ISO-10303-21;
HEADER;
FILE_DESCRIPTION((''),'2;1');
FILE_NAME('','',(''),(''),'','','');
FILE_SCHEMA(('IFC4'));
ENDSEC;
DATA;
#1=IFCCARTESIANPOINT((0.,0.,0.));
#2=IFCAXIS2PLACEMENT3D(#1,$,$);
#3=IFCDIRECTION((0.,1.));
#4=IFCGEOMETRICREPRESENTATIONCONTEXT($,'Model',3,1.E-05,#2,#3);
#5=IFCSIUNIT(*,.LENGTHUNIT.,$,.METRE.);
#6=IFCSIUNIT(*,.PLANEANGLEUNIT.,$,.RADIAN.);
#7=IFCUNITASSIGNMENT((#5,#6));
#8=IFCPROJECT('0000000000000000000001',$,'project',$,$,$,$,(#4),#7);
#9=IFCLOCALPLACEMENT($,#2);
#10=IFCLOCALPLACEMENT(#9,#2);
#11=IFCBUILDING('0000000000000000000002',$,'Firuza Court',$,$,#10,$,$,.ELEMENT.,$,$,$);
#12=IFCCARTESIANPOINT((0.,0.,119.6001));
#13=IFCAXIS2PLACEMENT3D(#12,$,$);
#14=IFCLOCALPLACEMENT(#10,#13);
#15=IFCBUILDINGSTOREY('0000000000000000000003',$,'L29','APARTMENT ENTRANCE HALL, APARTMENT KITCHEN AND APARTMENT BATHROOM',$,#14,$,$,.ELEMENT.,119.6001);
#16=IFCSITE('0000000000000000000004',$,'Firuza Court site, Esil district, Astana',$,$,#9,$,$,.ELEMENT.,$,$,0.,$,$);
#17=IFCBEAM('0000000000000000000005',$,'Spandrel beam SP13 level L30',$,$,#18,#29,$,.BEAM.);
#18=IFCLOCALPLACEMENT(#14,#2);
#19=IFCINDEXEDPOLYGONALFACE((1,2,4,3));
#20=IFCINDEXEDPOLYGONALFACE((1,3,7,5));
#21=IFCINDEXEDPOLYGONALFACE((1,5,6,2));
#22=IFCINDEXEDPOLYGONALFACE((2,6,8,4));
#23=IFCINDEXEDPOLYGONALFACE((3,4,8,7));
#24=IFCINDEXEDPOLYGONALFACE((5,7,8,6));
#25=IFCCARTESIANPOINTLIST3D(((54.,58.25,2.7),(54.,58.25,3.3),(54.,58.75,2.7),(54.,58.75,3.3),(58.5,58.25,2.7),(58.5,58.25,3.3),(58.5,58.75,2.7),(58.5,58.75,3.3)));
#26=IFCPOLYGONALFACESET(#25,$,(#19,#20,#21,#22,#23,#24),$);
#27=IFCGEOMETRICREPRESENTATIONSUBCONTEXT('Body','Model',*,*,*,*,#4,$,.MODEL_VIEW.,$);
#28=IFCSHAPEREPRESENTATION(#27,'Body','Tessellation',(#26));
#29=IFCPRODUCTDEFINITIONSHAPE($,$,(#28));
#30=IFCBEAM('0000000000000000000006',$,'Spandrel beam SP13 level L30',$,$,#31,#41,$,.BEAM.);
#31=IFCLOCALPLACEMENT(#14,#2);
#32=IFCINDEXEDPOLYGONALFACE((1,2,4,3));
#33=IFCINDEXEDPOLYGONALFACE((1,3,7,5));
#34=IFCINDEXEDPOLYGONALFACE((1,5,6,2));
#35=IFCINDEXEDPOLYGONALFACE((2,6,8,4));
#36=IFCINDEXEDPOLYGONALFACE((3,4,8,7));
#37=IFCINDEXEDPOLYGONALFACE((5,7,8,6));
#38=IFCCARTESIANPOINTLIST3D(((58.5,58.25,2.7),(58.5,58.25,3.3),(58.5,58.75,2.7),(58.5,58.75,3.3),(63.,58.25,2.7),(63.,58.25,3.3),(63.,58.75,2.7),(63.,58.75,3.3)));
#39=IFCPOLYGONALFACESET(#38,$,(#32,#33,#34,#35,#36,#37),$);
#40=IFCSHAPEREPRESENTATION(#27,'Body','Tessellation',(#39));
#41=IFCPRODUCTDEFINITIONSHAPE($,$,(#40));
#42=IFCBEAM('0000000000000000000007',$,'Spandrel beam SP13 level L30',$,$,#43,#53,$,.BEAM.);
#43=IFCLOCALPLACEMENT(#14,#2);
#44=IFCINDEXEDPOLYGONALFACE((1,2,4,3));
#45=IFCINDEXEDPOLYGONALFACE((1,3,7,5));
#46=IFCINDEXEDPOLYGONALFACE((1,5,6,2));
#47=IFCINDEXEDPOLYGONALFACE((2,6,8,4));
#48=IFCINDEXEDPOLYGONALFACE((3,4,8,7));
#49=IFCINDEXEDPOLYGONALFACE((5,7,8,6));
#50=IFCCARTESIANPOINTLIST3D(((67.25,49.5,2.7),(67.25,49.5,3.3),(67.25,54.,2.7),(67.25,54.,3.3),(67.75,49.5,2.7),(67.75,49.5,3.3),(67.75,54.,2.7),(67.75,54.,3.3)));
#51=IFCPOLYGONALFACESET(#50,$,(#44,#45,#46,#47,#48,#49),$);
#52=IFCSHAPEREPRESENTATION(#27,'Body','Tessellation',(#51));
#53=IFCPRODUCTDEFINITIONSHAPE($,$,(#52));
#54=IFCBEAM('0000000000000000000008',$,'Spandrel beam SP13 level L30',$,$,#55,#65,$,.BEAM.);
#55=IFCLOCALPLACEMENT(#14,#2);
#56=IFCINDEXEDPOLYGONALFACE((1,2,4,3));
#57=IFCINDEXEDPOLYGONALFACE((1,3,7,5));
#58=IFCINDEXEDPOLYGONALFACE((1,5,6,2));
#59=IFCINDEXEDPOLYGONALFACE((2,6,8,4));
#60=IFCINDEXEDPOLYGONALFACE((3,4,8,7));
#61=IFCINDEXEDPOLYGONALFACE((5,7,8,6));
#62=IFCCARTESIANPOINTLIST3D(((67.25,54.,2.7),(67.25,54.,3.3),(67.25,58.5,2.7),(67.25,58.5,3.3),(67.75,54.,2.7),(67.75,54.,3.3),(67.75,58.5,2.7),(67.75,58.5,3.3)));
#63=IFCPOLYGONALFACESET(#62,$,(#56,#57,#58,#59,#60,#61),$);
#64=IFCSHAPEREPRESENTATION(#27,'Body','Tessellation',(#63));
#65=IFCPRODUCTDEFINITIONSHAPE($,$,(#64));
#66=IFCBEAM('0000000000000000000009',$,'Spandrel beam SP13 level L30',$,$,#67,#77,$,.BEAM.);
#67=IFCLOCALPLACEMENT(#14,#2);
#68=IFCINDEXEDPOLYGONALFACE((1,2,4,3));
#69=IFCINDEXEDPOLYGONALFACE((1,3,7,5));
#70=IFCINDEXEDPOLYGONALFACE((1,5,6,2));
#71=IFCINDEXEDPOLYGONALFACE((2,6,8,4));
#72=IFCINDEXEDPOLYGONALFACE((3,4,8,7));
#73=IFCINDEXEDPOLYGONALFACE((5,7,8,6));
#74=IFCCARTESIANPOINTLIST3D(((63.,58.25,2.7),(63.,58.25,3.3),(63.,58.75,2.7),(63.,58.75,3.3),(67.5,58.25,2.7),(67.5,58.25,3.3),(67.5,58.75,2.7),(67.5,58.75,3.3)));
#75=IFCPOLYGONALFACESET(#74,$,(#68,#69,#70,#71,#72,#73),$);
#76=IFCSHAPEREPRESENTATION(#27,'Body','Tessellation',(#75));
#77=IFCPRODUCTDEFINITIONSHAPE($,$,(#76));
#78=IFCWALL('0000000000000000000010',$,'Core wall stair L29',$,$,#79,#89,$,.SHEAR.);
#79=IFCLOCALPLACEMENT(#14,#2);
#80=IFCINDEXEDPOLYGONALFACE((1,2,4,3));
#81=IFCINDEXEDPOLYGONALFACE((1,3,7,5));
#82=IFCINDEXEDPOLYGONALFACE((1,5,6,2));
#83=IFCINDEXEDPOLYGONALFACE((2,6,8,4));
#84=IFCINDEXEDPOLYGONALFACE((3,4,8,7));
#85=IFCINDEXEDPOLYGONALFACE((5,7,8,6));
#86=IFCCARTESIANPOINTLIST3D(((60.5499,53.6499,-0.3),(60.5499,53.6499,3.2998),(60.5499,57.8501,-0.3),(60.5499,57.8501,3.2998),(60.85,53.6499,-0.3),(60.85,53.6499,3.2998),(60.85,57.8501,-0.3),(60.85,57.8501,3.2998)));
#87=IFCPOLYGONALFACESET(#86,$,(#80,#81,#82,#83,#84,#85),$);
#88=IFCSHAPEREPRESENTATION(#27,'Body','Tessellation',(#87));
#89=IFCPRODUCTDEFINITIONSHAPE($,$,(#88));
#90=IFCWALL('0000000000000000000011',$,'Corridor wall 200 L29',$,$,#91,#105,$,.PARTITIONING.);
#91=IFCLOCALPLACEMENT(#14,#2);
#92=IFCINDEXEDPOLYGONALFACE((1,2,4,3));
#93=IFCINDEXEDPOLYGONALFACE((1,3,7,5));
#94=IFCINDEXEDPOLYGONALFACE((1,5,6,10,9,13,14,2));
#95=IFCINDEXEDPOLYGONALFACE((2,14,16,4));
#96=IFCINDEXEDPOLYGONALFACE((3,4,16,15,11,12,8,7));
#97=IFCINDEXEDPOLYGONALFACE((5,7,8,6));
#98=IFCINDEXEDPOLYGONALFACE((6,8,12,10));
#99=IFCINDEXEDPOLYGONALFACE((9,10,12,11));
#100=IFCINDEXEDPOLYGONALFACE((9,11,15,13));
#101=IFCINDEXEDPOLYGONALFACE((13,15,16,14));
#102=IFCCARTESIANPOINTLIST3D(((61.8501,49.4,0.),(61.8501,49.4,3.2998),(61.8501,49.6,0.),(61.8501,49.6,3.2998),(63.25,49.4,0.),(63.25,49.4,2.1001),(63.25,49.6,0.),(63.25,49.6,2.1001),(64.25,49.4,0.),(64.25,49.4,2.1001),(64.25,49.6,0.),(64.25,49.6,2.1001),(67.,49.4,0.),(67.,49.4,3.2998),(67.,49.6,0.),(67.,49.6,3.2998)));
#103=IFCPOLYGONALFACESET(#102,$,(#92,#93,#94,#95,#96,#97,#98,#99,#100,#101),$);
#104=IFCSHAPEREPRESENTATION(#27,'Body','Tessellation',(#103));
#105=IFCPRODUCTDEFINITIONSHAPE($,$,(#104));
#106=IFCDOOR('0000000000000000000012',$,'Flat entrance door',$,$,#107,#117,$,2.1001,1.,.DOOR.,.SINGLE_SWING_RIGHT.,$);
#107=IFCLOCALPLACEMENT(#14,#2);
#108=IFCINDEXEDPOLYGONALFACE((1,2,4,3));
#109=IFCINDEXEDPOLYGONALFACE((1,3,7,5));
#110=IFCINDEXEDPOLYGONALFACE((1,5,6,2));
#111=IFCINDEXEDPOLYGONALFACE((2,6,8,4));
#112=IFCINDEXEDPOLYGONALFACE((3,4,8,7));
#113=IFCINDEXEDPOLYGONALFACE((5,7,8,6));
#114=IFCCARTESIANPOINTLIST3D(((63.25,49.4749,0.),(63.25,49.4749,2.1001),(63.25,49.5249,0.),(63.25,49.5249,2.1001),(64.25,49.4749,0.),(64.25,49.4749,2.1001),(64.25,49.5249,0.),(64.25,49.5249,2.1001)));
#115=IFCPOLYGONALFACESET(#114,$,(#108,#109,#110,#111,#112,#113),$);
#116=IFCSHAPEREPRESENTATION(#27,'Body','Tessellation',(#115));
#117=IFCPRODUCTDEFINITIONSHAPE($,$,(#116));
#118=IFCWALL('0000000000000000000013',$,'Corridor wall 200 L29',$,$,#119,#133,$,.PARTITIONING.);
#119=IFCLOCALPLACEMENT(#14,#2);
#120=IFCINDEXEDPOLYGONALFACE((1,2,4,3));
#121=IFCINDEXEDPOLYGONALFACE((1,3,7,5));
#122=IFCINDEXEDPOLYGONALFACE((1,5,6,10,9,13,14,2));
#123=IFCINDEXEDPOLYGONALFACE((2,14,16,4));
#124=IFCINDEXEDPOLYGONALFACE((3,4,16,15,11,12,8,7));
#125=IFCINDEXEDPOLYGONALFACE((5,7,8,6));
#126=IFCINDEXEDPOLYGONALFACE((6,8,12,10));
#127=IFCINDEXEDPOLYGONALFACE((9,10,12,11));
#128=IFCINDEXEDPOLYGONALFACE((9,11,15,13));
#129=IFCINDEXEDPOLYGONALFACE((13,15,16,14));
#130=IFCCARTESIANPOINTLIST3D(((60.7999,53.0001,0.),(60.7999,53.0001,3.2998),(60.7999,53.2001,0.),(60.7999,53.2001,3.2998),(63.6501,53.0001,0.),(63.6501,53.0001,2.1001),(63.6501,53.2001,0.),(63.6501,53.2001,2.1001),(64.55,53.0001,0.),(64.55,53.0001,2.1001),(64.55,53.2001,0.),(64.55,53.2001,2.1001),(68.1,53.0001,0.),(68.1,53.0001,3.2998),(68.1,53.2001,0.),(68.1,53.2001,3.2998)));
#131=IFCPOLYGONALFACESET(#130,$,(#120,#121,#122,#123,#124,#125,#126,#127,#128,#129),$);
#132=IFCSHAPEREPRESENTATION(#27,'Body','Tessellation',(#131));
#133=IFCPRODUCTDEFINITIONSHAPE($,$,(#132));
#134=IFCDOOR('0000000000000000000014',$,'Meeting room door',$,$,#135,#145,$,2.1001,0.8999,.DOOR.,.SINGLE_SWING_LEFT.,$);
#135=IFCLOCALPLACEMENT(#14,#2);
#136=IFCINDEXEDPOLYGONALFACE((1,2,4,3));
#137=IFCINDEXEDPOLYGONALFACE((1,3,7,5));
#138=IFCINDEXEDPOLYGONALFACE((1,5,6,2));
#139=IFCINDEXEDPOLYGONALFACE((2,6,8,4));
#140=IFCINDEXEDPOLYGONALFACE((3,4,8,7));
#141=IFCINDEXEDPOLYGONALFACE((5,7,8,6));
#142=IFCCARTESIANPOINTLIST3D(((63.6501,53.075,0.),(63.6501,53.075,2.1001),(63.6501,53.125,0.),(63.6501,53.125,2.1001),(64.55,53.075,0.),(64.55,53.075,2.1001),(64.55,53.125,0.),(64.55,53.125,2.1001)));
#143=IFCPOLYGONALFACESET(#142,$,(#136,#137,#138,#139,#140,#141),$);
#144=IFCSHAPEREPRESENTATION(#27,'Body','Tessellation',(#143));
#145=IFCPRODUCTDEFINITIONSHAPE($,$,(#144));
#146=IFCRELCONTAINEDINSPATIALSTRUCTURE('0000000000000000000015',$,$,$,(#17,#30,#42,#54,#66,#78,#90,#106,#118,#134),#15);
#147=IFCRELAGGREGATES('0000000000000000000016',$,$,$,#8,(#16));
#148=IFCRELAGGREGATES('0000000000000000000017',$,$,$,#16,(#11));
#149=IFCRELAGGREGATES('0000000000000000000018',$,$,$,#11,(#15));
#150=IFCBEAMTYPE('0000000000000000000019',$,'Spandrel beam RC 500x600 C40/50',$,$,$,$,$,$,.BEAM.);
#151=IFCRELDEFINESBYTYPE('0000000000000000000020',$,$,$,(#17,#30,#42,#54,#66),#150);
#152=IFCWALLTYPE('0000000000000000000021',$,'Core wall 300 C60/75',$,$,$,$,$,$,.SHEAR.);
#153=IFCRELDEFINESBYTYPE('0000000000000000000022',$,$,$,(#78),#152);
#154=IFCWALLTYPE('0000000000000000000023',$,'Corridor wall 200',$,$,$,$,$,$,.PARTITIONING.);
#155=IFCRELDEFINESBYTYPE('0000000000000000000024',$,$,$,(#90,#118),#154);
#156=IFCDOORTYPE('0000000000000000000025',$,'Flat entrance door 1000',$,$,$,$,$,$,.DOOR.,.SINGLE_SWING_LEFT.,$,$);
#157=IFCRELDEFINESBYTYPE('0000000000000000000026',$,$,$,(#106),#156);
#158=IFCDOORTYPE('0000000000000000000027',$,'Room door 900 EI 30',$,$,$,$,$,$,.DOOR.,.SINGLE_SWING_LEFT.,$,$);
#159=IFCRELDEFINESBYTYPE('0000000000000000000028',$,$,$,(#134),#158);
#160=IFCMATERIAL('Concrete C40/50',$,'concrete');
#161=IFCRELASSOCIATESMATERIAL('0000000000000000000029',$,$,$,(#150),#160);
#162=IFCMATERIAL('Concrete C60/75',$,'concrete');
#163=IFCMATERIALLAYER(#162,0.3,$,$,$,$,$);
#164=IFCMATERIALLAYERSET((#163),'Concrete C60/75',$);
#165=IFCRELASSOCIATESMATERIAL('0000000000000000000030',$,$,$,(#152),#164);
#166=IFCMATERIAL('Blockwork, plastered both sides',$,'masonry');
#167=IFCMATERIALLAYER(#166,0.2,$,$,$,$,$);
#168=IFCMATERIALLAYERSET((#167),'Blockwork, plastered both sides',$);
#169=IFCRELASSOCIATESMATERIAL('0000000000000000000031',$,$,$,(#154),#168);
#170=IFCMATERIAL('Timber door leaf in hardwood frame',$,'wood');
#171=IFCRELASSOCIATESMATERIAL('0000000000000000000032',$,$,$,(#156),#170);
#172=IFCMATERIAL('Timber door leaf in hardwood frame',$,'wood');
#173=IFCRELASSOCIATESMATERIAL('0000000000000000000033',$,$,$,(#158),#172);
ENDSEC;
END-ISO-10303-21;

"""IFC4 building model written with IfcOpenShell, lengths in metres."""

from ifc_helpers import new_model, si_unit, direction, frame, frame_2d, origin, origin_2d, place, context, subcontext, project, spatial, rectangle, extrude, material, layer, layer_set, material_profile, profile_set, type_object, element, fill, save


model = new_model("IFC4")

# Units and contexts
model_context = context("Model", 3, precision=1e-05, world=origin(), true_north=direction((0.0, 1.0)))
body_context = subcontext(model_context, "Body", "Model", "MODEL_VIEW")
ifc_project = project(units=[si_unit("LENGTHUNIT", "METRE"), si_unit("PLANEANGLEUNIT", "RADIAN")], contexts=[model_context])

# Site, building, storey
site_placement = place(None, origin())
site = spatial("IfcSite", under=ifc_project, at=site_placement, Name="Firuza Court site, Esil district, Astana", CompositionType="ELEMENT", RefElevation=0.0)
building_placement = place(site_placement, origin())
building = spatial("IfcBuilding", under=site, at=building_placement, Name="Firuza Court", CompositionType="ELEMENT")
storey_placement = place(building_placement, frame((0.0, 0.0, 119.6001)))
storey = spatial("IfcBuildingStorey", under=building, at=storey_placement, Name="L29", Description="APARTMENT ENTRANCE HALL, APARTMENT KITCHEN AND APARTMENT BATHROOM", CompositionType="ELEMENT", Elevation=119.6001)

# Beams
ifc_material_1 = material(Name="Concrete C40/50", Category="concrete")
ifc_material_profile_1 = material_profile(ifc_material_1, rectangle(XDim=0.5, YDim=0.6001, at=origin_2d()), Name="RC 500x600")
ifc_profile_set_1 = profile_set([ifc_material_profile_1], Name="Concrete C40/50")
beam_type_1 = type_object("IfcBeamType", Name="Spandrel beam RC 500x600 C40/50", PredefinedType="BEAM", material=ifc_profile_set_1)
for number, where, z_axis, x_axis, name in (
    (1, (58.5, 58.5, 3.0), (-1.0, 0.0, 0.0), (0.0, -1.0, 0.0), "Spandrel beam SP13 level L30"),
    (2, (63.0, 58.5, 3.0), (-1.0, 0.0, 0.0), (0.0, -1.0, 0.0), "Spandrel beam SP13 level L30"),
    (3, (67.5, 49.5, 3.0), (0.0, 1.0, 0.0), (-1.0, 0.0, 0.0), "Spandrel beam SP13 level L30"),
    (4, (67.5, 54.0, 3.0), (0.0, 1.0, 0.0), (-1.0, 0.0, 0.0), "Spandrel beam SP13 level L30"),
    (5, (67.5, 58.5, 3.0), (-1.0, 0.0, 0.0), (0.0, -1.0, 0.0), "Spandrel beam SP13 level L30"),
):
    element("IfcBeam", number, at=place(storey_placement, frame(where, z_axis=z_axis, x_axis=x_axis)), inside=storey, type_object=beam_type_1, Name=name, PredefinedType="BEAM", context=body_context, shape_type="SweptSolid", body=[
        extrude(rectangle(XDim=0.5, YDim=0.6001, at=origin_2d()), origin(), (0.0, 0.0, 1.0), 4.5),
    ])

# Wall
ifc_material_2 = material(Name="Concrete C60/75", Category="concrete")
ifc_layer_1 = layer(ifc_material_2, 0.3)
ifc_layer_set_1 = layer_set([ifc_layer_1], Name="Concrete C60/75")
wall_type_1 = type_object("IfcWallType", Name="Core wall 300 C60/75", PredefinedType="SHEAR", material=ifc_layer_set_1)
wall_1_placement = place(storey_placement, frame((60.7, 53.6499, -0.3), z_axis=(0.0, 0.0, 1.0), x_axis=(0.0, 1.0, 0.0)))
element("IfcWall", 6, at=wall_1_placement, inside=storey, type_object=wall_type_1, Name="Core wall stair L29", PredefinedType="SHEAR", context=body_context, shape_type="SweptSolid", body=[
    extrude(rectangle(XDim=4.2002, YDim=0.3, at=frame_2d((2.1001, 0.0))), origin(), (0.0, 0.0, 1.0), 3.5999),
])

# Walls, openings, doors
ifc_material_3 = material(Name="Blockwork, plastered both sides", Category="masonry")
ifc_layer_2 = layer(ifc_material_3, 0.2)
ifc_layer_set_2 = layer_set([ifc_layer_2], Name="Blockwork, plastered both sides")
wall_type_2 = type_object("IfcWallType", Name="Corridor wall 200", PredefinedType="PARTITIONING", material=ifc_layer_set_2)
wall_2_placement = place(storey_placement, frame((61.8501, 49.5, 0.0), z_axis=(0.0, 0.0, 1.0), x_axis=(1.0, 0.0, 0.0)))
wall_2 = element("IfcWall", 7, at=wall_2_placement, inside=storey, type_object=wall_type_2, Name="Corridor wall 200 L29", PredefinedType="PARTITIONING", context=body_context, shape_type="SweptSolid", body=[
    extrude(rectangle(XDim=5.1499, YDim=0.2, at=frame_2d((2.575, 0.0))), origin(), (0.0, 0.0, 1.0), 3.2998),
])
opening_1_placement = place(wall_2_placement, frame((1.3999, 0.0, 0.0)))
opening_1 = element("IfcOpeningElement", 8, at=opening_1_placement, cuts=wall_2, PredefinedType="OPENING", context=body_context, shape_type="SweptSolid", body=[
    extrude(rectangle(XDim=1.0, YDim=2.1001, at=frame_2d((0.5, 1.05))), frame((0.0, 0.1118, 0.0), z_axis=(0.0, -1.0, 0.0), x_axis=(1.0, 0.0, 0.0)), (0.0, 0.0, 1.0), 0.2239),
])
ifc_material_4 = material(Name="Timber door leaf in hardwood frame", Category="wood")
door_type_1 = type_object("IfcDoorType", Name="Flat entrance door 1000", OperationType="SINGLE_SWING_LEFT", PredefinedType="DOOR", material=ifc_material_4)
door_1_placement = place(opening_1_placement, origin())
door_1 = element("IfcDoor", 9, at=door_1_placement, inside=storey, type_object=door_type_1, Name="Flat entrance door", OperationType="SINGLE_SWING_RIGHT", OverallHeight=2.1001, OverallWidth=1.0, PredefinedType="DOOR", context=body_context, shape_type="SweptSolid", body=[
    extrude(rectangle(XDim=1.0, YDim=2.1001, at=frame_2d((0.5, 1.05))), frame((0.0, 0.0249, 0.0), z_axis=(0.0, -1.0, 0.0), x_axis=(1.0, 0.0, 0.0)), (0.0, 0.0, 1.0), 0.05),
])
fill(opening_1, door_1)
wall_3_placement = place(storey_placement, frame((60.8, 53.1001, 0.0), z_axis=(0.0, 0.0, 1.0), x_axis=(1.0, 0.0, 0.0)))
wall_3 = element("IfcWall", 10, at=wall_3_placement, inside=storey, type_object=wall_type_2, Name="Corridor wall 200 L29", PredefinedType="PARTITIONING", context=body_context, shape_type="SweptSolid", body=[
    extrude(rectangle(XDim=7.3, YDim=0.2, at=frame_2d((3.6499, 0.0))), origin(), (0.0, 0.0, 1.0), 3.2998),
])
opening_2_placement = place(wall_3_placement, frame((2.8501, 0.0, 0.0)))
opening_2 = element("IfcOpeningElement", 11, at=opening_2_placement, cuts=wall_3, PredefinedType="OPENING", context=body_context, shape_type="SweptSolid", body=[
    extrude(rectangle(XDim=0.8999, YDim=2.1001, at=frame_2d((0.45, 1.05))), frame((0.0, 0.1118, 0.0), z_axis=(0.0, -1.0, 0.0), x_axis=(1.0, 0.0, 0.0)), (0.0, 0.0, 1.0), 0.2239),
])
ifc_material_5 = material(Name="Timber door leaf in hardwood frame", Category="wood")
door_type_2 = type_object("IfcDoorType", Name="Room door 900 EI 30", OperationType="SINGLE_SWING_LEFT", PredefinedType="DOOR", material=ifc_material_5)
door_2_placement = place(opening_2_placement, origin())
door_2 = element("IfcDoor", 12, at=door_2_placement, inside=storey, type_object=door_type_2, Name="Meeting room door", OperationType="SINGLE_SWING_LEFT", OverallHeight=2.1001, OverallWidth=0.8999, PredefinedType="DOOR", context=body_context, shape_type="SweptSolid", body=[
    extrude(rectangle(XDim=0.8999, YDim=2.1001, at=frame_2d((0.45, 1.05))), frame((0.0, 0.0249, 0.0), z_axis=(0.0, -1.0, 0.0), x_axis=(1.0, 0.0, 0.0)), (0.0, 0.0, 1.0), 0.05),
])
fill(opening_2, door_2)

save(model, "model.ifc")
